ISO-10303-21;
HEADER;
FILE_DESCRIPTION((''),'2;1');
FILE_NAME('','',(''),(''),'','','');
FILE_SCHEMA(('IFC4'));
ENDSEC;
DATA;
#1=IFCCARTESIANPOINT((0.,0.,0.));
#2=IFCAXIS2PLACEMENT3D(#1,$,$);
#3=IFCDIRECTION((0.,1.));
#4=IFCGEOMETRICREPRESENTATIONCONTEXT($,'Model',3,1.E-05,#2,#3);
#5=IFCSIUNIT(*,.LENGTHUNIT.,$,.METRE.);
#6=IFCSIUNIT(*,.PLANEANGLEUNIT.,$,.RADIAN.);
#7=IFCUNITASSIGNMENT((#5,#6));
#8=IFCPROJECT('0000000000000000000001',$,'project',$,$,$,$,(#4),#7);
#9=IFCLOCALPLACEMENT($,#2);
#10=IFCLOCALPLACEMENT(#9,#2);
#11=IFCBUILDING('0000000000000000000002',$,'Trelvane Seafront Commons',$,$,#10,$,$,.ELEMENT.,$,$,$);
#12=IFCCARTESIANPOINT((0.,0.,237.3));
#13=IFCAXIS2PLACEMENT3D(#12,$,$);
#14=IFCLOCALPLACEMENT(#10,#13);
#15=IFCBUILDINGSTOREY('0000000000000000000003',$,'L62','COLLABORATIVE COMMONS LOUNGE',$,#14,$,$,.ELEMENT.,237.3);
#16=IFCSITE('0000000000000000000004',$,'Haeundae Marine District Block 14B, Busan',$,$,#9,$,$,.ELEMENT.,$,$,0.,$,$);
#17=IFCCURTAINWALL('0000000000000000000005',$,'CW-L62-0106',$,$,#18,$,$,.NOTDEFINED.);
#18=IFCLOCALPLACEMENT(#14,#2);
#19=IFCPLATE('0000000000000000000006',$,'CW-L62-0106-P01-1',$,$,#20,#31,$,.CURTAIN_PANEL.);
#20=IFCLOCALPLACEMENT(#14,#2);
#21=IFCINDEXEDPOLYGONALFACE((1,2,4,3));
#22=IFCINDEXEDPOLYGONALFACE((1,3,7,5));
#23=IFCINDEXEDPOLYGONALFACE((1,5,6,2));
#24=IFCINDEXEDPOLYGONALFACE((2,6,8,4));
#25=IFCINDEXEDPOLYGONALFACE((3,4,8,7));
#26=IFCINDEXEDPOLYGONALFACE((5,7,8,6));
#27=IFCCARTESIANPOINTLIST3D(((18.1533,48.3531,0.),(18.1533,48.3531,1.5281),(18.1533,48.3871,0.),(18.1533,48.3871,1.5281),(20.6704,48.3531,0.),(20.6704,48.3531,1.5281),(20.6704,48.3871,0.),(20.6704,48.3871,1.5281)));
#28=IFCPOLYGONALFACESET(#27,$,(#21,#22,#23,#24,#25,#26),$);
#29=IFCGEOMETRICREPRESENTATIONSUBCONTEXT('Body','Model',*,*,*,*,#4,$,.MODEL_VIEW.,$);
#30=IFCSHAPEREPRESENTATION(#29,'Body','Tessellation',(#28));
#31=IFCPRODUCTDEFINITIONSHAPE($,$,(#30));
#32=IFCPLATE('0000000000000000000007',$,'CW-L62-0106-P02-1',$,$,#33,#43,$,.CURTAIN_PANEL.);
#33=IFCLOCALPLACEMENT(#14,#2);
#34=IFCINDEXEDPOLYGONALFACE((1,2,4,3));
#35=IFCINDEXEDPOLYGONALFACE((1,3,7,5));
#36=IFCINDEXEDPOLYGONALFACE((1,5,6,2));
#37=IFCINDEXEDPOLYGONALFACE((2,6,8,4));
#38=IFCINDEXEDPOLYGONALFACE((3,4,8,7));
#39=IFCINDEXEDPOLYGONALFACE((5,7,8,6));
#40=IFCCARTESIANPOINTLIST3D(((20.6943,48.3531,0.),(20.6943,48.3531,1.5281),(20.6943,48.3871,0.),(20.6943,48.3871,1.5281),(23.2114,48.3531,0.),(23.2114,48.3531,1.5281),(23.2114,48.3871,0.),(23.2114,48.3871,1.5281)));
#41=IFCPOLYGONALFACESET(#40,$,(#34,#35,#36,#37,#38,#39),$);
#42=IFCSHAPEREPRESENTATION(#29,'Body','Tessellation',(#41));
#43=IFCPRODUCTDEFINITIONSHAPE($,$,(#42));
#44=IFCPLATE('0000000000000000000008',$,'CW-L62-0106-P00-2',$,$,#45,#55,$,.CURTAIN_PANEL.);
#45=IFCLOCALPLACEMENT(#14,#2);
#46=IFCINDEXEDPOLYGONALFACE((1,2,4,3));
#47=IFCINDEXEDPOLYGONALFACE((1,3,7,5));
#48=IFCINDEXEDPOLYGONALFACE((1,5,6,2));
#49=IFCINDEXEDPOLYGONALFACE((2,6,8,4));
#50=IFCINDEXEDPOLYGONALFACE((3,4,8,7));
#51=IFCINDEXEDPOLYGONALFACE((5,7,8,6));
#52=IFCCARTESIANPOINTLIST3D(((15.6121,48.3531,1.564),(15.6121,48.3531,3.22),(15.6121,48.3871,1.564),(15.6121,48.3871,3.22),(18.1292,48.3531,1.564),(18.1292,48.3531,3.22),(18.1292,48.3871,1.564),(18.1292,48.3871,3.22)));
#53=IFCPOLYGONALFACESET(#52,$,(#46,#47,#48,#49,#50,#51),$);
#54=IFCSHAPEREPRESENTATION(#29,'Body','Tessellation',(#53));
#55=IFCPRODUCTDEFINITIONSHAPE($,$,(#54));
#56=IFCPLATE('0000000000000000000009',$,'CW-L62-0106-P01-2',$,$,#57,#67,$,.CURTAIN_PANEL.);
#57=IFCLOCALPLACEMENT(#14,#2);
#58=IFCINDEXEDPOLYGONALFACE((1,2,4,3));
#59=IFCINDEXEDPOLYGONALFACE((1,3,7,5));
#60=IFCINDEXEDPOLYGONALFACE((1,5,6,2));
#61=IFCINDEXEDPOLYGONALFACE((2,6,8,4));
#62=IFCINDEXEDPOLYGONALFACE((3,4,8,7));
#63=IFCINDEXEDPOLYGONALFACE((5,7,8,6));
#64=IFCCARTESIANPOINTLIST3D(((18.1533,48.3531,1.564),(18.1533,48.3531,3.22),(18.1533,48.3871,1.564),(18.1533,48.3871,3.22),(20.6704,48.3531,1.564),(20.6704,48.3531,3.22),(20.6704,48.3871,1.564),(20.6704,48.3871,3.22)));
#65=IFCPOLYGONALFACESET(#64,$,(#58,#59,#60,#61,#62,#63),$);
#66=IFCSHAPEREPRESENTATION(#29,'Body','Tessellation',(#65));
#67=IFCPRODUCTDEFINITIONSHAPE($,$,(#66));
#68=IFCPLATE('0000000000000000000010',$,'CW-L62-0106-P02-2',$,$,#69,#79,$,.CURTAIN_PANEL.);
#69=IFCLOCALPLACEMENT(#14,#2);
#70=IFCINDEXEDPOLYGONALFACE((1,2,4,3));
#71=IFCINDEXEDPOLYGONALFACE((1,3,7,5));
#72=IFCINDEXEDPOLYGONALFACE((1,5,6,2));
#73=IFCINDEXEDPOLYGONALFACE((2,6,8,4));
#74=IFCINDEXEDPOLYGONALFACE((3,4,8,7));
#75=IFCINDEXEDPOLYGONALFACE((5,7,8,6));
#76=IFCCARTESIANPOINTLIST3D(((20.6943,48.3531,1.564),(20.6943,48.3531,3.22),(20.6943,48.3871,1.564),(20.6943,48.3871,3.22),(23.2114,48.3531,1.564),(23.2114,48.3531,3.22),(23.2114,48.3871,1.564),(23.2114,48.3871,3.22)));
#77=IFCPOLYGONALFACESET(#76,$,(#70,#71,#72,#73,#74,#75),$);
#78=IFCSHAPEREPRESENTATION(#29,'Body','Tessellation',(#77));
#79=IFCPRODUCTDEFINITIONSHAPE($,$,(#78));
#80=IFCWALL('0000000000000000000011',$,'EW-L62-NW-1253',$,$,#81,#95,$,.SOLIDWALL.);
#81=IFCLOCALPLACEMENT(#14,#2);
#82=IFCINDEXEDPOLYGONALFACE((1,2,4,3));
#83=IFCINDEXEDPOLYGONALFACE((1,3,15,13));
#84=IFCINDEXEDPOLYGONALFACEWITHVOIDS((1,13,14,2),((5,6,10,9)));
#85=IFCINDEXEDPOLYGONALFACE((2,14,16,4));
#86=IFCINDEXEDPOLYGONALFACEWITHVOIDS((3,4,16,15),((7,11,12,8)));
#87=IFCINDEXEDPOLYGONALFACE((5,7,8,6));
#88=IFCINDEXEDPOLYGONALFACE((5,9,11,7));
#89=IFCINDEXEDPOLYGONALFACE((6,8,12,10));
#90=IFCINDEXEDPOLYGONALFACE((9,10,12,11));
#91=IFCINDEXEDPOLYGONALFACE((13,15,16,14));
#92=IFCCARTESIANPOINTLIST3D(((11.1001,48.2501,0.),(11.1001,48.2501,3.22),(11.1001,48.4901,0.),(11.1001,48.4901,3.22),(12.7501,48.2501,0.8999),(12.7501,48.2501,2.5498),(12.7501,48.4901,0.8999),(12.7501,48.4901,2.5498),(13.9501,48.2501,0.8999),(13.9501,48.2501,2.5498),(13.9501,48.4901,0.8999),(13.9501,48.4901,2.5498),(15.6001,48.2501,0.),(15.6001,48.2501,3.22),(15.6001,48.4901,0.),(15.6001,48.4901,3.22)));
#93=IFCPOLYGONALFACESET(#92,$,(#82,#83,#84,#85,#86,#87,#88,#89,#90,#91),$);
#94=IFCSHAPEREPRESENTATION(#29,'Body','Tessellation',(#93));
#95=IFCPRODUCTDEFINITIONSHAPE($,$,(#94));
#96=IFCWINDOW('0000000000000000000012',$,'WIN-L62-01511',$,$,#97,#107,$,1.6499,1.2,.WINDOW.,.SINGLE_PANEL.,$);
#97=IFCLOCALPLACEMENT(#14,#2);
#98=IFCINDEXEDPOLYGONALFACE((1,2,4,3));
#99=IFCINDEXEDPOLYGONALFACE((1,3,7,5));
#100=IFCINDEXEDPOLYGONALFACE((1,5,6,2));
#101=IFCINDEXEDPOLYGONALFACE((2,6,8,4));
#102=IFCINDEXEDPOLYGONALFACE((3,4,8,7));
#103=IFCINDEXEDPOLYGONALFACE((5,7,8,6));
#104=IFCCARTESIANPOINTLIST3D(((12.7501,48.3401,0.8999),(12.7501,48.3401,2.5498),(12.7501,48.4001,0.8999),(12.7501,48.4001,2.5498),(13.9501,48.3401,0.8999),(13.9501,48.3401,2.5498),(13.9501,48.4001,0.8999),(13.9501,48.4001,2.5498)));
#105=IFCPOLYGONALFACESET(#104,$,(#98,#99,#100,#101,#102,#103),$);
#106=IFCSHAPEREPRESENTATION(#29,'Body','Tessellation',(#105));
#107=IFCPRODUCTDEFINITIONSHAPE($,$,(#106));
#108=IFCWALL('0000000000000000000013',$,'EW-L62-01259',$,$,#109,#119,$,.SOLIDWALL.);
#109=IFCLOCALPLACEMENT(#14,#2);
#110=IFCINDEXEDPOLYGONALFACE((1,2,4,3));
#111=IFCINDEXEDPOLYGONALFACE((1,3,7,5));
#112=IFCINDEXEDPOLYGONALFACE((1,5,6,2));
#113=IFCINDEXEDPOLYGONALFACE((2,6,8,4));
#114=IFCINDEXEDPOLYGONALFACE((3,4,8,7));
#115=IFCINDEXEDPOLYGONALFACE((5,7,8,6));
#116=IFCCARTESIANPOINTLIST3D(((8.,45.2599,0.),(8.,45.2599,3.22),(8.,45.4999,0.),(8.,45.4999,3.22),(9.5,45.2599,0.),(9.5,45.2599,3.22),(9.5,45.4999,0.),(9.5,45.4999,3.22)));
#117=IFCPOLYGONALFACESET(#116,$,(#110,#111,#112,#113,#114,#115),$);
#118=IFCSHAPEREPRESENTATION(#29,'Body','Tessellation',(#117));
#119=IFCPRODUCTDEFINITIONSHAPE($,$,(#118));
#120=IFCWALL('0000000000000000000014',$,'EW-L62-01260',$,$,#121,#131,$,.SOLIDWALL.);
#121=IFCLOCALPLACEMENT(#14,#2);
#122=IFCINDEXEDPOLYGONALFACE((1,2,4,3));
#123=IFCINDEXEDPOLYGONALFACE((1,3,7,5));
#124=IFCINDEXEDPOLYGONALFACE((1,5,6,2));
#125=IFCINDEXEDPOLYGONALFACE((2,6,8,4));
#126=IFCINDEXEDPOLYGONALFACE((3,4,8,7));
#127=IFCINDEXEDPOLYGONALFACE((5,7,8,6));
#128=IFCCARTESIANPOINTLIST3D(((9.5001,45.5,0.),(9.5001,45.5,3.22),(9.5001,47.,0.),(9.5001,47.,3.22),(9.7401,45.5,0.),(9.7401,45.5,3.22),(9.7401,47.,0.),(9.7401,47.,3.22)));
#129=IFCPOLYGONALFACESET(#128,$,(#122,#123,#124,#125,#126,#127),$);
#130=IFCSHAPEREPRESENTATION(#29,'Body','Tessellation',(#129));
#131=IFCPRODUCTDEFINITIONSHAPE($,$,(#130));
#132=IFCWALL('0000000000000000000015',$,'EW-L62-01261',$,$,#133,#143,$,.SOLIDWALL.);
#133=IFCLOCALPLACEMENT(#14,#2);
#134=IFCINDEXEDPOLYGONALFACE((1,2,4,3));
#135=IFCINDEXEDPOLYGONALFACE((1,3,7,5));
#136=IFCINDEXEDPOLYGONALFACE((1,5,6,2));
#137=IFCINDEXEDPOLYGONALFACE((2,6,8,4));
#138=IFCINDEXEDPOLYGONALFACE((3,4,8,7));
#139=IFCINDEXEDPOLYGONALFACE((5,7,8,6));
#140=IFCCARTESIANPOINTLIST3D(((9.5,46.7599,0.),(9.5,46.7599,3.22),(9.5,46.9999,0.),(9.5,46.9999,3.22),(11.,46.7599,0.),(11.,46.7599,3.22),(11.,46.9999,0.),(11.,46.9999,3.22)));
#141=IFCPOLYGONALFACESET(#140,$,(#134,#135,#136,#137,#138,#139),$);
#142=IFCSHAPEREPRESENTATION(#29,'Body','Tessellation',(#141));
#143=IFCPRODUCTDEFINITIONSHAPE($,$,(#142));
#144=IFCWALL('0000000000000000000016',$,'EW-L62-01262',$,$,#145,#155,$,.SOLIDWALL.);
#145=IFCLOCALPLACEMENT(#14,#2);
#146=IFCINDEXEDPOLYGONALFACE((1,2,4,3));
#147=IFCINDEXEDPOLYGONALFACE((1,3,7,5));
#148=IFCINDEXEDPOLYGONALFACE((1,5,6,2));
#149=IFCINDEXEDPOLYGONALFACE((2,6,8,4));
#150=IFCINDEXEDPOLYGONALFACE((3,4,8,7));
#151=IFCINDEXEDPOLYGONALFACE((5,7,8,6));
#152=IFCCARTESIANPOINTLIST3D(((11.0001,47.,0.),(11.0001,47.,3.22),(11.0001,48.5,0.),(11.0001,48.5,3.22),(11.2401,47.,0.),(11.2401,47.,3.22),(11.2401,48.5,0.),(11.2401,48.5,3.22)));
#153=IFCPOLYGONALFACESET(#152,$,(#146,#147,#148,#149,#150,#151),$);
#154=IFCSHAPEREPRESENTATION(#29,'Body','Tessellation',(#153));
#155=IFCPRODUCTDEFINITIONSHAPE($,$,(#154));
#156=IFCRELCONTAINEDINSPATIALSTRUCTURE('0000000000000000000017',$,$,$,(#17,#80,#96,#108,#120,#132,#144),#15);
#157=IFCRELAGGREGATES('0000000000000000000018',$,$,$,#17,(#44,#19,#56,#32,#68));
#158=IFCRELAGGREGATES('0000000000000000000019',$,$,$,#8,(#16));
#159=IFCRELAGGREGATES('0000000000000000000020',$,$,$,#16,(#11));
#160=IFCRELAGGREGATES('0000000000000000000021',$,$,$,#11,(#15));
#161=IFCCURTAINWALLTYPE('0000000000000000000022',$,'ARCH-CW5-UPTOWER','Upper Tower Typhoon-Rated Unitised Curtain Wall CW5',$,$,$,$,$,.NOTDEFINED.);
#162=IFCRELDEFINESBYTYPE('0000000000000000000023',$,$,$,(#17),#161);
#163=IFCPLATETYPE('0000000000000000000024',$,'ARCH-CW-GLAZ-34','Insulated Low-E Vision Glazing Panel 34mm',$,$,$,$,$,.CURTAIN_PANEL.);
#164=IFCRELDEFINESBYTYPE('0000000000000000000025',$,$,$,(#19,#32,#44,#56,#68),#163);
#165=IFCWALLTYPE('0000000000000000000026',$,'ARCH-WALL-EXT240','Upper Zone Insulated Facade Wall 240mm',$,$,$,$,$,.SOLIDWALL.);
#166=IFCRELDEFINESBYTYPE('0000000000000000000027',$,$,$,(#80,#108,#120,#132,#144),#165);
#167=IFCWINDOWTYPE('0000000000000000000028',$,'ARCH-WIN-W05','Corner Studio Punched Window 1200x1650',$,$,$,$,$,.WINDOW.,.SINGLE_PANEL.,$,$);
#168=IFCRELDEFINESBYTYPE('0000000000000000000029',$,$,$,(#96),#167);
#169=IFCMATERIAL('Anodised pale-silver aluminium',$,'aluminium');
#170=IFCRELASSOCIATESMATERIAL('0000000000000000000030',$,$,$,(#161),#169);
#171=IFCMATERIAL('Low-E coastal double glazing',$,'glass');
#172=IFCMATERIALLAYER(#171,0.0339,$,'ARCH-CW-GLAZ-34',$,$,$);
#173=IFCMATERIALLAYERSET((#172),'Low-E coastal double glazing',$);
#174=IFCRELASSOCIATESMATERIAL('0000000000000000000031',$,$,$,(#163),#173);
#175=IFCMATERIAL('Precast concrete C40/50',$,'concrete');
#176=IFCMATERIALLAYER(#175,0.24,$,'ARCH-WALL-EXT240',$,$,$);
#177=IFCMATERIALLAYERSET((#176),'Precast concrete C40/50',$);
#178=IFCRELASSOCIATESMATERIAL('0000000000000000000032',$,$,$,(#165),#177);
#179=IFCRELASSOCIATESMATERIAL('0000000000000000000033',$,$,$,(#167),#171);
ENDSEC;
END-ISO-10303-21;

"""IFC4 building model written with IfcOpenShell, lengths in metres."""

from ifc_helpers import new_model, si_unit, direction, frame, frame_2d, origin, origin_2d, place, context, subcontext, project, spatial, rectangle, extrude, source, transform, mapped, material, layer, layer_set, type_object, element, fill, aggregate, save


model = new_model("IFC4")

# Units and contexts
model_context = context("Model", 3, precision=1e-05, world=origin(), true_north=direction((0.0, 1.0)))
body_context = subcontext(model_context, "Body", "Model", "MODEL_VIEW")
ifc_project = project(units=[si_unit("LENGTHUNIT", "METRE"), si_unit("PLANEANGLEUNIT", "RADIAN")], contexts=[model_context])

# Site, building, storey
site_placement = place(None, origin())
site = spatial("IfcSite", under=ifc_project, at=site_placement, Name="Haeundae Marine District Block 14B, Busan", CompositionType="ELEMENT", RefElevation=0.0)
building_placement = place(site_placement, origin())
building = spatial("IfcBuilding", under=site, at=building_placement, Name="Trelvane Seafront Commons", CompositionType="ELEMENT")
storey_placement = place(building_placement, frame((0.0, 0.0, 237.3)))
storey = spatial("IfcBuildingStorey", under=building, at=storey_placement, Name="L62", Description="COLLABORATIVE COMMONS LOUNGE", CompositionType="ELEMENT", Elevation=237.3)

# Curtain wall
ifc_material_1 = material(Name="Anodised pale-silver aluminium", Category="aluminium")
curtain_wall_type = type_object("IfcCurtainWallType", Name="ARCH-CW5-UPTOWER", Description="Upper Tower Typhoon-Rated Unitised Curtain Wall CW5", PredefinedType="NOTDEFINED", material=ifc_material_1)
curtain_wall_placement = place(storey_placement, origin())
curtain_wall = element("IfcCurtainWall", 1, at=curtain_wall_placement, inside=storey, type_object=curtain_wall_type, Name="CW-L62-0106", PredefinedType="NOTDEFINED")

# Plates
ifc_material_2 = material(Name="Low-E coastal double glazing", Category="glass")
ifc_layer_1 = layer(ifc_material_2, 0.0339, Name="ARCH-CW-GLAZ-34")
ifc_layer_set_1 = layer_set([ifc_layer_1], Name="Low-E coastal double glazing")
plate_type_1 = type_object("IfcPlateType", Name="ARCH-CW-GLAZ-34", Description="Insulated Low-E Vision Glazing Panel 34mm", PredefinedType="CURTAIN_PANEL", material=ifc_layer_set_1)
shared_shape_1 = source(origin(), body_context, "Body", "SweptSolid", [
    extrude(rectangle(XDim=2.5171, YDim=0.0339, at=origin_2d()), origin(), (0.0, 0.0, 1.0), 1.5281),
])
plate_1_placement = place(storey_placement, frame((19.4119, 48.3701, 0.0), z_axis=(0.0, 0.0, 1.0), x_axis=(1.0, 0.0, 0.0)))
plate_1 = element("IfcPlate", 2, at=plate_1_placement, type_object=plate_type_1, Name="CW-L62-0106-P01-1", PredefinedType="CURTAIN_PANEL", context=body_context, shape_type="MappedRepresentation", body=[
    mapped(shared_shape_1, transform((0.0, 0.0, 0.0), x_axis=(1.0, 0.0, 0.0), y_axis=(0.0, 1.0, 0.0), z_axis=(0.0, 0.0, 1.0), scale=1.0)),
])
plate_2_placement = place(storey_placement, frame((21.9529, 48.3701, 0.0), z_axis=(0.0, 0.0, 1.0), x_axis=(1.0, 0.0, 0.0)))
plate_2 = element("IfcPlate", 3, at=plate_2_placement, type_object=plate_type_1, Name="CW-L62-0106-P02-1", PredefinedType="CURTAIN_PANEL", context=body_context, shape_type="MappedRepresentation", body=[
    mapped(shared_shape_1, transform((0.0, 0.0, 0.0), x_axis=(1.0, 0.0, 0.0), y_axis=(0.0, 1.0, 0.0), z_axis=(0.0, 0.0, 1.0), scale=1.0)),
])
shared_shape_2 = source(origin(), body_context, "Body", "SweptSolid", [
    extrude(rectangle(XDim=2.5171, YDim=0.0339, at=origin_2d()), origin(), (0.0, 0.0, 1.0), 1.656),
])
plate_3_placement = place(storey_placement, frame((16.8706, 48.3701, 1.564), z_axis=(0.0, 0.0, 1.0), x_axis=(1.0, 0.0, 0.0)))
plate_3 = element("IfcPlate", 4, at=plate_3_placement, type_object=plate_type_1, Name="CW-L62-0106-P00-2", PredefinedType="CURTAIN_PANEL", context=body_context, shape_type="MappedRepresentation", body=[
    mapped(shared_shape_2, transform((0.0, 0.0, 0.0), x_axis=(1.0, 0.0, 0.0), y_axis=(0.0, 1.0, 0.0), z_axis=(0.0, 0.0, 1.0), scale=1.0)),
])
plate_4_placement = place(storey_placement, frame((19.4119, 48.3701, 1.564), z_axis=(0.0, 0.0, 1.0), x_axis=(1.0, 0.0, 0.0)))
plate_4 = element("IfcPlate", 5, at=plate_4_placement, type_object=plate_type_1, Name="CW-L62-0106-P01-2", PredefinedType="CURTAIN_PANEL", context=body_context, shape_type="MappedRepresentation", body=[
    mapped(shared_shape_2, transform((0.0, 0.0, 0.0), x_axis=(1.0, 0.0, 0.0), y_axis=(0.0, 1.0, 0.0), z_axis=(0.0, 0.0, 1.0), scale=1.0)),
])
plate_5_placement = place(storey_placement, frame((21.9529, 48.3701, 1.564), z_axis=(0.0, 0.0, 1.0), x_axis=(1.0, 0.0, 0.0)))
plate_5 = element("IfcPlate", 6, at=plate_5_placement, type_object=plate_type_1, Name="CW-L62-0106-P02-2", PredefinedType="CURTAIN_PANEL", context=body_context, shape_type="MappedRepresentation", body=[
    mapped(shared_shape_2, transform((0.0, 0.0, 0.0), x_axis=(1.0, 0.0, 0.0), y_axis=(0.0, 1.0, 0.0), z_axis=(0.0, 0.0, 1.0), scale=1.0)),
])
aggregate(curtain_wall, [plate_3, plate_1, plate_4, plate_2, plate_5])

# Wall, opening, window
ifc_material_3 = material(Name="Precast concrete C40/50", Category="concrete")
ifc_layer_2 = layer(ifc_material_3, 0.24, Name="ARCH-WALL-EXT240")
ifc_layer_set_2 = layer_set([ifc_layer_2], Name="Precast concrete C40/50")
wall_type = type_object("IfcWallType", Name="ARCH-WALL-EXT240", Description="Upper Zone Insulated Facade Wall 240mm", PredefinedType="SOLIDWALL", material=ifc_layer_set_2)
wall_placement = place(storey_placement, frame((11.1001, 48.3701, 0.0), z_axis=(0.0, 0.0, 1.0), x_axis=(1.0, 0.0, 0.0)))
wall = element("IfcWall", 7, at=wall_placement, inside=storey, type_object=wall_type, Name="EW-L62-NW-1253", PredefinedType="SOLIDWALL", context=body_context, shape_type="SweptSolid", body=[
    extrude(rectangle(XDim=4.5, YDim=0.24, at=frame_2d((2.25, 0.0))), origin(), (0.0, 0.0, 1.0), 3.22),
])
opening_placement = place(wall_placement, frame((1.6499, 0.0, 0.8999)))
opening = element("IfcOpeningElement", 8, at=opening_placement, cuts=wall, PredefinedType="OPENING", context=body_context, shape_type="SweptSolid", body=[
    extrude(rectangle(XDim=1.2, YDim=1.6499, at=frame_2d((0.6001, 0.825))), frame((0.0, 0.1299, 0.0), z_axis=(0.0, -1.0, 0.0), x_axis=(1.0, 0.0, 0.0)), (0.0, 0.0, 1.0), 0.26),
])
window_type = type_object("IfcWindowType", Name="ARCH-WIN-W05", Description="Corner Studio Punched Window 1200x1650", PartitioningType="SINGLE_PANEL", PredefinedType="WINDOW", material=ifc_material_2)
shared_shape_3 = source(origin(), body_context, "Body", "SweptSolid", [
    extrude(rectangle(XDim=1.2, YDim=1.6499, at=frame_2d((0.6001, 0.825))), frame((0.0, 0.03, 0.0), z_axis=(0.0, -1.0, 0.0), x_axis=(1.0, 0.0, 0.0)), (0.0, 0.0, 1.0), 0.0601),
])
window_placement = place(opening_placement, origin())
window = element("IfcWindow", 9, at=window_placement, inside=storey, type_object=window_type, Name="WIN-L62-01511", OverallHeight=1.6499, OverallWidth=1.2, PartitioningType="SINGLE_PANEL", PredefinedType="WINDOW", context=body_context, shape_type="MappedRepresentation", body=[
    mapped(shared_shape_3, transform((0.0, 0.0, 0.0), x_axis=(1.0, 0.0, 0.0), y_axis=(0.0, 1.0, 0.0), z_axis=(0.0, 0.0, 1.0), scale=1.0)),
])
fill(opening, window)

# Walls
for number, where, z_axis, x_axis, name in (
    (10, (8.0, 45.3799, 0.0), (0.0, 0.0, 1.0), (1.0, 0.0, 0.0), "EW-L62-01259"),
    (11, (9.6201, 45.5, 0.0), (0.0, 0.0, 1.0), (0.0, 1.0, 0.0), "EW-L62-01260"),
    (12, (9.5, 46.8799, 0.0), (0.0, 0.0, 1.0), (1.0, 0.0, 0.0), "EW-L62-01261"),
    (13, (11.1201, 47.0, 0.0), (0.0, 0.0, 1.0), (0.0, 1.0, 0.0), "EW-L62-01262"),
):
    element("IfcWall", number, at=place(storey_placement, frame(where, z_axis=z_axis, x_axis=x_axis)), inside=storey, type_object=wall_type, Name=name, PredefinedType="SOLIDWALL", context=body_context, shape_type="SweptSolid", body=[
        extrude(rectangle(XDim=1.5, YDim=0.24, at=frame_2d((0.75, 0.0))), origin(), (0.0, 0.0, 1.0), 3.22),
    ])

save(model, "model.ifc")
